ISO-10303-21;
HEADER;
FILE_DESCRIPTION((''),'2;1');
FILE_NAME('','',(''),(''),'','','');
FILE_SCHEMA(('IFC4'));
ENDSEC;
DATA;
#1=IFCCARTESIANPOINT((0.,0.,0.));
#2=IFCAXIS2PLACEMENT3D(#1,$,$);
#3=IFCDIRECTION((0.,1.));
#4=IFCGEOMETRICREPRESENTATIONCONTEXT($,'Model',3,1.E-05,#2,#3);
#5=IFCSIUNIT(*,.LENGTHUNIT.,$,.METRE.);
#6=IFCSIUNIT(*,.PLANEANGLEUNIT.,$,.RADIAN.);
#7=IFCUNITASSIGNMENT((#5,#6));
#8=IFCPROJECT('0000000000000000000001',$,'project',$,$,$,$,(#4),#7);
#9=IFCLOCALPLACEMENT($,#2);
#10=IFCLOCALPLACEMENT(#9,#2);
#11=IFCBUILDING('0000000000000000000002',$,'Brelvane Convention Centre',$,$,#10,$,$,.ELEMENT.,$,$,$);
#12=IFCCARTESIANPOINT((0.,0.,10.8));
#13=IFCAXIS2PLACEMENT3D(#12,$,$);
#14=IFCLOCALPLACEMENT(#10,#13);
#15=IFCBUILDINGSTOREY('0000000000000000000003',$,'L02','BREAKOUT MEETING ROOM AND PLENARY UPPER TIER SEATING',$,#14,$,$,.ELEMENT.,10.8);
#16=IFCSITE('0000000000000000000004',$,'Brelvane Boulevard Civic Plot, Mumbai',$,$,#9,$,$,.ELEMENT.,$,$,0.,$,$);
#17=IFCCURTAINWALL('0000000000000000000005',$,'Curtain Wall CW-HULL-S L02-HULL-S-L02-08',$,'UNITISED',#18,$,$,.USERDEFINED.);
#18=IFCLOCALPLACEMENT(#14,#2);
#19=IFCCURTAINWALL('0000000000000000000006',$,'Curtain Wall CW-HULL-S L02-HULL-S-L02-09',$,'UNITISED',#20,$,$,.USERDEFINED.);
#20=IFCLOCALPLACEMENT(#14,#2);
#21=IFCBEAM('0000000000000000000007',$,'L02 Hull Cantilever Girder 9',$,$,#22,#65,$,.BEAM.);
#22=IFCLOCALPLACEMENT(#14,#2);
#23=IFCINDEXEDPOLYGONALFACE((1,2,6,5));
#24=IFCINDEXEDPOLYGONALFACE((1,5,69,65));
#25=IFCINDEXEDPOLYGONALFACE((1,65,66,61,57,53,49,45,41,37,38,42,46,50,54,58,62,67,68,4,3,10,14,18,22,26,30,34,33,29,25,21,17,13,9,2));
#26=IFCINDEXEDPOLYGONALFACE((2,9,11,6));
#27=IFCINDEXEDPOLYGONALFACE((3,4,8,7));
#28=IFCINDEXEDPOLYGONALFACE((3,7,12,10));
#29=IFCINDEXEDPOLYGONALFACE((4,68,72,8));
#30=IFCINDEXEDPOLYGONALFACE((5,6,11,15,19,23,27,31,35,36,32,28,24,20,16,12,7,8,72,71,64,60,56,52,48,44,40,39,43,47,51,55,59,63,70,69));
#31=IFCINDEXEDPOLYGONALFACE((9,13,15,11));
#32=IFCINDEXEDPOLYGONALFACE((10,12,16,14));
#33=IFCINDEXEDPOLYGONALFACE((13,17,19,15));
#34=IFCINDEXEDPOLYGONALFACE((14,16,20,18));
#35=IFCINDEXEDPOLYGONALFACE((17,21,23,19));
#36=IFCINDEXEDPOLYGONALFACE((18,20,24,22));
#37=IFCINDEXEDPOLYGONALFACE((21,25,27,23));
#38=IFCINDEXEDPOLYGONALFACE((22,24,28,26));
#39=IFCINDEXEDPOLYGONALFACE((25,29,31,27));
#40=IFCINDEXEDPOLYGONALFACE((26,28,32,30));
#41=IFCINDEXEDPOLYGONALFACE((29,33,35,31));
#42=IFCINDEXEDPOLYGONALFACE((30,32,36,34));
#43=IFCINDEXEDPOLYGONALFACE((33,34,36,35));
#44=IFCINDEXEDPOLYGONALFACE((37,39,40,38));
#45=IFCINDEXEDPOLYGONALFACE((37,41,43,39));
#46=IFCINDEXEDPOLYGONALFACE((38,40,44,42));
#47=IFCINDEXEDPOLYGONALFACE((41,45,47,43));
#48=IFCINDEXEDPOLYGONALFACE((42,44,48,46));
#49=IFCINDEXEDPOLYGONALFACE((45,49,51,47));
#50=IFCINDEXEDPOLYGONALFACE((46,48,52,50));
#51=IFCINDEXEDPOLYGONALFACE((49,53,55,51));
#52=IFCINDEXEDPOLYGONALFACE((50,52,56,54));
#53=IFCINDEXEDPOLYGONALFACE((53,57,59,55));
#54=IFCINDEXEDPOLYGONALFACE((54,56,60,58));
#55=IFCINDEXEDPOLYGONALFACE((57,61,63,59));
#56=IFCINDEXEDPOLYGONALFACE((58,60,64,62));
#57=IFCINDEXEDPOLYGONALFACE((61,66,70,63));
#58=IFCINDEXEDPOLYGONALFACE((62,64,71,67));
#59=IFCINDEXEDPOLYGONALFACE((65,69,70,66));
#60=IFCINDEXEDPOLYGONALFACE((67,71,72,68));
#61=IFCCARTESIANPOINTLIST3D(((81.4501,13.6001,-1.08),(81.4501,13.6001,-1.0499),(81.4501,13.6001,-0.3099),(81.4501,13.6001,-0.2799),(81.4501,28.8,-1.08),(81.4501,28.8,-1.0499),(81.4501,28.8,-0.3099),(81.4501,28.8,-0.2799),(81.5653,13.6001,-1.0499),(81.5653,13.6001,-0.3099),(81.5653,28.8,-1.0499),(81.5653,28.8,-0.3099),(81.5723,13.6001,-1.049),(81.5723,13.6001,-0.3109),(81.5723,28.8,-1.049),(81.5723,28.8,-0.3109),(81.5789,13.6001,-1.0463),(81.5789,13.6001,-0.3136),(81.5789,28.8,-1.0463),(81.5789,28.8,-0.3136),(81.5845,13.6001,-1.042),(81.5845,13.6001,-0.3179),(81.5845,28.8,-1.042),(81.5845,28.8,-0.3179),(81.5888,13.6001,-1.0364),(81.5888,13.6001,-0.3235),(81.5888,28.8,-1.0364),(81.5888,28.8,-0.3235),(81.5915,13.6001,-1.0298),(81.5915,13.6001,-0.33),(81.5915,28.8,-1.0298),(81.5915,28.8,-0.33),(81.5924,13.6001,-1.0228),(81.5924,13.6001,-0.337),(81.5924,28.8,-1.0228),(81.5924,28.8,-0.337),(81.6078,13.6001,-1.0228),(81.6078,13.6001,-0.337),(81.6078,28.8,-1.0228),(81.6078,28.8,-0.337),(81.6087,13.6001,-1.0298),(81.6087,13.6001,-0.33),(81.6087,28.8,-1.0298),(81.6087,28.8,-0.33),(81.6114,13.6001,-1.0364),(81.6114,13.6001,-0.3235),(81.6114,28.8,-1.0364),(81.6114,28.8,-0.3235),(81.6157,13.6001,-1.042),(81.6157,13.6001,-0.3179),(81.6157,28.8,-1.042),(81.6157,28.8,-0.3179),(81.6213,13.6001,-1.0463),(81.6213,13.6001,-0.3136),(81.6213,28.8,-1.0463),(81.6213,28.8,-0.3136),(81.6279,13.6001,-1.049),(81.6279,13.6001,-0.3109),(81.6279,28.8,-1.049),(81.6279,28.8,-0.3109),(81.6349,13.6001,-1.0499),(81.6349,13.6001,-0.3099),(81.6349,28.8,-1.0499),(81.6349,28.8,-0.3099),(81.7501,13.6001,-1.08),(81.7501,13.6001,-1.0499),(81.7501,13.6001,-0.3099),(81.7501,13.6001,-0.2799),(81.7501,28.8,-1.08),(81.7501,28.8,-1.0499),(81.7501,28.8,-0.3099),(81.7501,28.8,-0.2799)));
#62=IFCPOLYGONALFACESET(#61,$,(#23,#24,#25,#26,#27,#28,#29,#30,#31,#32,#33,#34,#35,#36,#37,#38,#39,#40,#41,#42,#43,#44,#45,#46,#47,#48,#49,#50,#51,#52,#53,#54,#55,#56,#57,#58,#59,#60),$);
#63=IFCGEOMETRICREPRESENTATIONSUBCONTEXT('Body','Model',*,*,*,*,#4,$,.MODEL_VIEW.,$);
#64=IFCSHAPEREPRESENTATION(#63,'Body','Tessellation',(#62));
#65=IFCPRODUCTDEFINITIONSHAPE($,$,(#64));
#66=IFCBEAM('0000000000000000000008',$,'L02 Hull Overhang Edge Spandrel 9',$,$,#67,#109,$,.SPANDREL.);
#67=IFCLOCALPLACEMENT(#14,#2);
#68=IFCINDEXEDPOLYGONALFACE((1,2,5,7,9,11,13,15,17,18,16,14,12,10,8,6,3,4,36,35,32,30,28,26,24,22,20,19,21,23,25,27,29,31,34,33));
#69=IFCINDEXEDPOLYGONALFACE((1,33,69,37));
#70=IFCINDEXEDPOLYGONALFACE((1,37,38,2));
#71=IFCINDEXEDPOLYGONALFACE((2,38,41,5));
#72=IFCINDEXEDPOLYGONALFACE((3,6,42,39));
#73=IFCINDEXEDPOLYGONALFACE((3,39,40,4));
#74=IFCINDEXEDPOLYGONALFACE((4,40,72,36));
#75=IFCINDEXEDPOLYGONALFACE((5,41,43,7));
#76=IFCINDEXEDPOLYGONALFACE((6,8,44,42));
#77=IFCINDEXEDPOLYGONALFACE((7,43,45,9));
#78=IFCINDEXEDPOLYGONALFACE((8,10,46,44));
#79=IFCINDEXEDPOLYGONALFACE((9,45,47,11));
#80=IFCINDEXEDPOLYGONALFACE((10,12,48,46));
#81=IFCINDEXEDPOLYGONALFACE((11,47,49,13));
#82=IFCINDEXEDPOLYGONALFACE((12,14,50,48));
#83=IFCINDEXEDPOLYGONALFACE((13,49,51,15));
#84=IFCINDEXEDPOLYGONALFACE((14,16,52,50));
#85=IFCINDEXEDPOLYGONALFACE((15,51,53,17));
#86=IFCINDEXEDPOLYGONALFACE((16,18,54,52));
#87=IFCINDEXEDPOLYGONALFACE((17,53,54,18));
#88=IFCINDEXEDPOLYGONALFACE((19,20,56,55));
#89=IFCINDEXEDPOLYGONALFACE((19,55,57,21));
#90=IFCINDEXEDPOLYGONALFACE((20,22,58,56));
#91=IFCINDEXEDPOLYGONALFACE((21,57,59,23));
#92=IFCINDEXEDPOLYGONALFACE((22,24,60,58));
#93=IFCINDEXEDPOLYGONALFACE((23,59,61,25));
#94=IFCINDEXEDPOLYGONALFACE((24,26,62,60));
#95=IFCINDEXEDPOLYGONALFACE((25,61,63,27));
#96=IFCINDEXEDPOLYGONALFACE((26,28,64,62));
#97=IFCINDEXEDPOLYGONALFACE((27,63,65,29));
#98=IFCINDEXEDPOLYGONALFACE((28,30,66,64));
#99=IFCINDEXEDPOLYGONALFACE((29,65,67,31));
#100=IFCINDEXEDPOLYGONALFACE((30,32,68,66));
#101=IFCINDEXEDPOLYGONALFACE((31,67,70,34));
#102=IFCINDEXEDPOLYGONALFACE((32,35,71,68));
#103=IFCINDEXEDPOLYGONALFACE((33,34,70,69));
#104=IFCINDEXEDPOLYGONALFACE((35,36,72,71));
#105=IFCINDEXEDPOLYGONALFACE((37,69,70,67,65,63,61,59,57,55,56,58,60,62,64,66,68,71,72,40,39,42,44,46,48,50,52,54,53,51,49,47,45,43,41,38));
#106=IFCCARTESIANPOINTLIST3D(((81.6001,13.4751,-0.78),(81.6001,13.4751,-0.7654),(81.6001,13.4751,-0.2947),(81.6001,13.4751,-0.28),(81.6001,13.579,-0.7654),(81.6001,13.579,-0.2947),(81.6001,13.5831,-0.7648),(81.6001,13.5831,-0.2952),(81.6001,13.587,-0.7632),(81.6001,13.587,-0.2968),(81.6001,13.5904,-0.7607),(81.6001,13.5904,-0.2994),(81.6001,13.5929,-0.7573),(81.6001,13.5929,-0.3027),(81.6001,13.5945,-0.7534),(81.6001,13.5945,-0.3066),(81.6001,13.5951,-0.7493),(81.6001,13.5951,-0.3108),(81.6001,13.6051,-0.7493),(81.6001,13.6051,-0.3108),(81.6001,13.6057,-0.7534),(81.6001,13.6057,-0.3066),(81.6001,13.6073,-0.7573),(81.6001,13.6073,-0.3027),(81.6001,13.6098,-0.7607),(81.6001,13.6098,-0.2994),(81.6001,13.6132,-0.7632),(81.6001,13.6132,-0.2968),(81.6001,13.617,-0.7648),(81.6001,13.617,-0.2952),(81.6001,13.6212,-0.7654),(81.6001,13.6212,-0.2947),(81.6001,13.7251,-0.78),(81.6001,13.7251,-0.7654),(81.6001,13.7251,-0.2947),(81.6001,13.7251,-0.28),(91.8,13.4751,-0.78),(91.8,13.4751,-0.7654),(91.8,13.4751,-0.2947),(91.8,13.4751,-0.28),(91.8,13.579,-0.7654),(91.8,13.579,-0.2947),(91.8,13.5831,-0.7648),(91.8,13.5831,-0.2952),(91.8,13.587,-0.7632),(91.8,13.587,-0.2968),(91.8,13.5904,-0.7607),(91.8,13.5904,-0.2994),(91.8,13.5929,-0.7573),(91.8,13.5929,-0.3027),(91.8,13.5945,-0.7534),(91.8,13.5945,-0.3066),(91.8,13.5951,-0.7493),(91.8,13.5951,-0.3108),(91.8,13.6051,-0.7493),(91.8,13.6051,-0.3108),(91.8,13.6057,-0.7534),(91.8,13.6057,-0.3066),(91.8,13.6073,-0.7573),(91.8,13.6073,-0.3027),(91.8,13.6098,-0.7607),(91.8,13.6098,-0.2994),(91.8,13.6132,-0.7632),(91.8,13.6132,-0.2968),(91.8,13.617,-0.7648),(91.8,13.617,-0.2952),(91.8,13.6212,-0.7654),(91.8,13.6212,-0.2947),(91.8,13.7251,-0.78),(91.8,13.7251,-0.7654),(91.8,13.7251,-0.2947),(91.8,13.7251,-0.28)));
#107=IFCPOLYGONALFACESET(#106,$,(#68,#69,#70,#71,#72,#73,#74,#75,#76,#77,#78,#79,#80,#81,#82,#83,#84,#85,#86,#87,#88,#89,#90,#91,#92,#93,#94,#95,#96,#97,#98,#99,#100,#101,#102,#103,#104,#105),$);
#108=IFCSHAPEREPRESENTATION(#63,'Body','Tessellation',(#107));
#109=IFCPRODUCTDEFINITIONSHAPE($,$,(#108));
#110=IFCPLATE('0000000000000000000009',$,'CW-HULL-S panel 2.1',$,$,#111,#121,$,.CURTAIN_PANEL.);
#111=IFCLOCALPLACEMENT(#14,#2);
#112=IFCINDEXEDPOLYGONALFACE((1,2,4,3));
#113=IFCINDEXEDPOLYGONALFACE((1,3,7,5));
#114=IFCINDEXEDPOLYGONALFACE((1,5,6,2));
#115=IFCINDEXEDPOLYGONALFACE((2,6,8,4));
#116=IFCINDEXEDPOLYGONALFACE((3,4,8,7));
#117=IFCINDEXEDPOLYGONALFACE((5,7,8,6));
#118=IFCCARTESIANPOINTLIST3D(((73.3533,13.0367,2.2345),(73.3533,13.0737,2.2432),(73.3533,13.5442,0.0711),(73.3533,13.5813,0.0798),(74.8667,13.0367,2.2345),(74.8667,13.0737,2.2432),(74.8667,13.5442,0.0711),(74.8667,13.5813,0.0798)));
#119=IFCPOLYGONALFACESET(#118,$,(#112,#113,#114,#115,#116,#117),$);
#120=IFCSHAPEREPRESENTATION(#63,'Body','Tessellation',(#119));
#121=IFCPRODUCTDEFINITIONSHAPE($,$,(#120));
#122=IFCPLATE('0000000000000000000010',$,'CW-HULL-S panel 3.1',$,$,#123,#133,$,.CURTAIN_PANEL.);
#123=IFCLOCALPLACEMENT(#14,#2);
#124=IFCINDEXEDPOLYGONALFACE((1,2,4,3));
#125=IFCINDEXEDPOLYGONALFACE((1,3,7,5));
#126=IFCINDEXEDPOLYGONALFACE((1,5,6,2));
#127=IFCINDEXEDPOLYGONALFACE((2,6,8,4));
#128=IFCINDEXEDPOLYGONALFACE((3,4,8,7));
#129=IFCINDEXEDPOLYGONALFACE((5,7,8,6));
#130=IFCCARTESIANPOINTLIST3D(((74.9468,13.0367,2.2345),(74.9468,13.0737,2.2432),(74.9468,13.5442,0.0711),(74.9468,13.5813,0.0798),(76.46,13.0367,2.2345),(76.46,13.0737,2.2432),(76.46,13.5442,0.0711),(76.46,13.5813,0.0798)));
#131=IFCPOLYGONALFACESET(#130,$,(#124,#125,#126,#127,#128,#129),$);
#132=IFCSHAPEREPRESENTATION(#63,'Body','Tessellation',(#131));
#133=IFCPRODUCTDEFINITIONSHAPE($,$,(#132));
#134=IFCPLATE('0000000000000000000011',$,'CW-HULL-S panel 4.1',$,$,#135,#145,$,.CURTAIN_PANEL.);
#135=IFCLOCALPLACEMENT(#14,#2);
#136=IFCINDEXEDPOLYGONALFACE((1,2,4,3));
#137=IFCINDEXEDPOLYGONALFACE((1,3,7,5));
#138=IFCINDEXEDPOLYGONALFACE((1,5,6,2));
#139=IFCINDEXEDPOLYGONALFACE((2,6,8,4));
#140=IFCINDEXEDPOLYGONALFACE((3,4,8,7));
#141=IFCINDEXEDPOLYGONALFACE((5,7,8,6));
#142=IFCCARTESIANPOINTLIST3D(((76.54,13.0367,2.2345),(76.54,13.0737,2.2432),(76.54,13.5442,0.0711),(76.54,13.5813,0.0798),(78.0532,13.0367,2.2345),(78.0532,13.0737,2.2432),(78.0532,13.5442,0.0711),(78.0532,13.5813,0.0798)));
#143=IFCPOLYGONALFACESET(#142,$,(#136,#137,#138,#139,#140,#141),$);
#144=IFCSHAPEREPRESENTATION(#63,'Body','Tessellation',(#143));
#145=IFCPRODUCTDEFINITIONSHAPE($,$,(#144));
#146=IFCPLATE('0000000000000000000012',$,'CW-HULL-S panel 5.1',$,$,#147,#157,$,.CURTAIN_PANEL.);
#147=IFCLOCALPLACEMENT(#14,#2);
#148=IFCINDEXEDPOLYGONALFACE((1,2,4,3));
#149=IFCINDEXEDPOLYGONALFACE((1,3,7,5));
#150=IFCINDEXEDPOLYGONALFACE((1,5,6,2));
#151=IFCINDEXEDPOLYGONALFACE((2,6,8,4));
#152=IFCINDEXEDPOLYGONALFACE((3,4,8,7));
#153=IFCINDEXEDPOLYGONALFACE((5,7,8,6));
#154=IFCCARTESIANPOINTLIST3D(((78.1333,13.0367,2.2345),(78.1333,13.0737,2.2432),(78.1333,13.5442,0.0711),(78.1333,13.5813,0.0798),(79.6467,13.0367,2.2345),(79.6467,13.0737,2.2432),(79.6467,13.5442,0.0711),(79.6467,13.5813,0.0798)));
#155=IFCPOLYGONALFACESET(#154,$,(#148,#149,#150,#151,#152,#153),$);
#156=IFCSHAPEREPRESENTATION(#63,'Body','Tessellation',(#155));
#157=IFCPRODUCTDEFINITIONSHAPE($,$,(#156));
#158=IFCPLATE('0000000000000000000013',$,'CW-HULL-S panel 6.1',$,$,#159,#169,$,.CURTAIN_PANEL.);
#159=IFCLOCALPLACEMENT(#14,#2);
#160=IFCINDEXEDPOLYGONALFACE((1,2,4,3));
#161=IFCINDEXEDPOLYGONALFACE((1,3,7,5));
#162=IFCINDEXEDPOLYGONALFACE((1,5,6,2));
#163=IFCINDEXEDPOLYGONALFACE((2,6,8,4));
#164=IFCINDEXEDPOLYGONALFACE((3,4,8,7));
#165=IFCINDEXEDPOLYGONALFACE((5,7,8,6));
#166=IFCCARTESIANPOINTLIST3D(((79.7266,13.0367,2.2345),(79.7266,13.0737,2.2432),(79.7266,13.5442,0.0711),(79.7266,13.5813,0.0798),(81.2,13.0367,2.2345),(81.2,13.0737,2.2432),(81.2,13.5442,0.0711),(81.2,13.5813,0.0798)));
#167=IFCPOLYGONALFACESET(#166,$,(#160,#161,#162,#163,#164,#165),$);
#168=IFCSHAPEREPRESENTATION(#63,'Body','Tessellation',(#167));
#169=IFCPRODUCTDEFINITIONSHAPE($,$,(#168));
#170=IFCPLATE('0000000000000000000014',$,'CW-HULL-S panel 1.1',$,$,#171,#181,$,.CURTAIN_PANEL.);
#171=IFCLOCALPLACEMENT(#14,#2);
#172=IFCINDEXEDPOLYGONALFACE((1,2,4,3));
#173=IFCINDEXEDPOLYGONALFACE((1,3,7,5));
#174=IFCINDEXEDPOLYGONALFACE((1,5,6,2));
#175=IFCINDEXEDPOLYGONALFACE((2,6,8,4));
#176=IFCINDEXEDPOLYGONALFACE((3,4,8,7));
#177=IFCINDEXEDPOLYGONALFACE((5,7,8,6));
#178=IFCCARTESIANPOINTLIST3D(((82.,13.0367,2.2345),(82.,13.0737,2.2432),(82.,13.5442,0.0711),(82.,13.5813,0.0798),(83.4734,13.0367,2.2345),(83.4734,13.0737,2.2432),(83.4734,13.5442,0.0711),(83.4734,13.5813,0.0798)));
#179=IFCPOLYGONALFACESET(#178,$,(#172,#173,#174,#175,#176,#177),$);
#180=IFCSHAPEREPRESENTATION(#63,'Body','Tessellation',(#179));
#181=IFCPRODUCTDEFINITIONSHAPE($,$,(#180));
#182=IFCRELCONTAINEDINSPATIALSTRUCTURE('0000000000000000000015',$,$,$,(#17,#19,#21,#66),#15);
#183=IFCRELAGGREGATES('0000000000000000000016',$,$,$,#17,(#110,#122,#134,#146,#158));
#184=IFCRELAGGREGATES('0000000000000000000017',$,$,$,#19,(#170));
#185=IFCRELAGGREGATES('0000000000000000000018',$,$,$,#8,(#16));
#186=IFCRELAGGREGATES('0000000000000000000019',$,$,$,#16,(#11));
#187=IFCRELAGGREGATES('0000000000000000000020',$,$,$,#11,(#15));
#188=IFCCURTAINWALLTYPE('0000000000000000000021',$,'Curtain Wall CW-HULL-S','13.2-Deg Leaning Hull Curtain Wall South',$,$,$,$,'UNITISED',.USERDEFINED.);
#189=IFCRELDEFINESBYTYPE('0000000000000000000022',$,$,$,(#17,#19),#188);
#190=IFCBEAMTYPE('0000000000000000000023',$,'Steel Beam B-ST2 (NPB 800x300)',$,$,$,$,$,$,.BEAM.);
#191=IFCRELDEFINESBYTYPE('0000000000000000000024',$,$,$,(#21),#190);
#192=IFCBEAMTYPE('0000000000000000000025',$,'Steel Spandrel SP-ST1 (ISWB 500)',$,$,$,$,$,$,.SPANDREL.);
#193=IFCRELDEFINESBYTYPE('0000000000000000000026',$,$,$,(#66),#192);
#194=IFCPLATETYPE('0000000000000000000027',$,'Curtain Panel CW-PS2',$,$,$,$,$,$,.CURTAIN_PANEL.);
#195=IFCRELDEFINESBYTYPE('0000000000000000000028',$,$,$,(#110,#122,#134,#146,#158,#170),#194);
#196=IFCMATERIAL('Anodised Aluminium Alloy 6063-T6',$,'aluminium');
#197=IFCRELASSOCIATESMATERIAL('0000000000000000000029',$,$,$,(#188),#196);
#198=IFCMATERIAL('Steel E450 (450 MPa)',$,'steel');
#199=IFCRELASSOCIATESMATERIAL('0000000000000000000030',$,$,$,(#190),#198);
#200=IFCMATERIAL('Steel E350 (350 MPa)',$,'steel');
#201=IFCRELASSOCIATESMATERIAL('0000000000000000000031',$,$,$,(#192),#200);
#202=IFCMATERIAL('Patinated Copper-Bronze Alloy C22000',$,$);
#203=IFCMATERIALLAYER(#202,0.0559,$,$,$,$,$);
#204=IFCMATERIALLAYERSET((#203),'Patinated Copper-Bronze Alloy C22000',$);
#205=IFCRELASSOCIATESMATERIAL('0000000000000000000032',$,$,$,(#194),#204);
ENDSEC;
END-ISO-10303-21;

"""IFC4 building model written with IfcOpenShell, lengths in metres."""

from ifc_helpers import new_model, si_unit, direction, frame, origin, origin_2d, place, context, subcontext, project, spatial, polyline, i_section, outline, extrude, material, layer, layer_set, material_profile, profile_set, type_object, element, aggregate, save


model = new_model("IFC4")

# Units and contexts
model_context = context("Model", 3, precision=1e-05, world=origin(), true_north=direction((0.0, 1.0)))
body_context = subcontext(model_context, "Body", "Model", "MODEL_VIEW")
ifc_project = project(units=[si_unit("LENGTHUNIT", "METRE"), si_unit("PLANEANGLEUNIT", "RADIAN")], contexts=[model_context])

# Site, building, storey
site_placement = place(None, origin())
site = spatial("IfcSite", under=ifc_project, at=site_placement, Name="Brelvane Boulevard Civic Plot, Mumbai", CompositionType="ELEMENT", RefElevation=0.0)
building_placement = place(site_placement, origin())
building = spatial("IfcBuilding", under=site, at=building_placement, Name="Brelvane Convention Centre", CompositionType="ELEMENT")
storey_placement = place(building_placement, frame((0.0, 0.0, 10.8)))
storey = spatial("IfcBuildingStorey", under=building, at=storey_placement, Name="L02", Description="BREAKOUT MEETING ROOM AND PLENARY UPPER TIER SEATING", CompositionType="ELEMENT", Elevation=10.8)

# Curtain wall
ifc_material_1 = material(Name="Anodised Aluminium Alloy 6063-T6", Category="aluminium")
curtain_wall_type = type_object("IfcCurtainWallType", Name="Curtain Wall CW-HULL-S", Description="13.2-Deg Leaning Hull Curtain Wall South", ElementType="UNITISED", PredefinedType="USERDEFINED", material=ifc_material_1)
curtain_wall_1_placement = place(storey_placement, origin())
curtain_wall_1 = element("IfcCurtainWall", 1, at=curtain_wall_1_placement, inside=storey, type_object=curtain_wall_type, Name="Curtain Wall CW-HULL-S L02-HULL-S-L02-08", ObjectType="UNITISED", PredefinedType="USERDEFINED")

# Curtain wall
curtain_wall_2_placement = place(storey_placement, origin())
curtain_wall_2 = element("IfcCurtainWall", 2, at=curtain_wall_2_placement, inside=storey, type_object=curtain_wall_type, Name="Curtain Wall CW-HULL-S L02-HULL-S-L02-09", ObjectType="UNITISED", PredefinedType="USERDEFINED")

# Beams
ifc_material_2 = material(Name="Steel E450 (450 MPa)", Category="steel")
ifc_material_profile_1 = material_profile(ifc_material_2, i_section(OverallWidth=0.3, OverallDepth=0.8, WebThickness=0.0154, FlangeThickness=0.03, FilletRadius=0.0271, at=origin_2d()), Name="NPB 800x300")
ifc_profile_set_1 = profile_set([ifc_material_profile_1], Name="Steel E450 (450 MPa)")
beam_type_1 = type_object("IfcBeamType", Name="Steel Beam B-ST2 (NPB 800x300)", PredefinedType="BEAM", material=ifc_profile_set_1)
beam_1_placement = place(storey_placement, frame((81.6001, 13.6001, -0.6799), z_axis=(0.0, 1.0, 0.0), x_axis=(-1.0, 0.0, 0.0)))
element("IfcBeam", 3, at=beam_1_placement, inside=storey, type_object=beam_type_1, Name="L02 Hull Cantilever Girder 9", PredefinedType="BEAM", context=body_context, shape_type="SweptSolid", body=[
    extrude(i_section(OverallWidth=0.3, OverallDepth=0.8, WebThickness=0.0154, FlangeThickness=0.03, FilletRadius=0.0271, at=origin_2d()), origin(), (0.0, 0.0, 1.0), 15.2),
])
ifc_material_3 = material(Name="Steel E350 (350 MPa)", Category="steel")
ifc_material_profile_2 = material_profile(ifc_material_3, i_section(OverallWidth=0.25, OverallDepth=0.5, WebThickness=0.01, FlangeThickness=0.0146, FilletRadius=0.0161, at=origin_2d()), Name="ISWB 500")
ifc_profile_set_2 = profile_set([ifc_material_profile_2], Name="Steel E350 (350 MPa)")
beam_type_2 = type_object("IfcBeamType", Name="Steel Spandrel SP-ST1 (ISWB 500)", PredefinedType="SPANDREL", material=ifc_profile_set_2)
beam_2_placement = place(storey_placement, frame((81.6001, 13.6001, -0.53), z_axis=(1.0, 0.0, 0.0), x_axis=(0.0, 1.0, 0.0)))
element("IfcBeam", 4, at=beam_2_placement, inside=storey, type_object=beam_type_2, Name="L02 Hull Overhang Edge Spandrel 9", PredefinedType="SPANDREL", context=body_context, shape_type="SweptSolid", body=[
    extrude(i_section(OverallWidth=0.25, OverallDepth=0.5, WebThickness=0.01, FlangeThickness=0.0146, FilletRadius=0.0161, at=origin_2d()), origin(), (0.0, 0.0, 1.0), 10.2),
])

# Plates
ifc_material_4 = material(Name="Patinated Copper-Bronze Alloy C22000")
ifc_layer_1 = layer(ifc_material_4, 0.0559)
ifc_layer_set_1 = layer_set([ifc_layer_1], Name="Patinated Copper-Bronze Alloy C22000")
plate_type = type_object("IfcPlateType", Name="Curtain Panel CW-PS2", PredefinedType="CURTAIN_PANEL", material=ifc_layer_set_1)
plate_1_placement = place(storey_placement, frame((73.3533, 13.5813, 0.0798), z_axis=(0.0, 0.973563, 0.228421), x_axis=(1.0, 0.0, 0.0)))
plate_1 = element("IfcPlate", 5, at=plate_1_placement, type_object=plate_type, Name="CW-HULL-S panel 2.1", PredefinedType="CURTAIN_PANEL", context=body_context, shape_type="SweptSolid", body=[
    extrude(outline(polyline([(0.0, 0.0), (1.5134, 0.0), (1.5134, -2.2221), (0.0, -2.2221), (0.0, 0.0)])), origin(), (0.0, 0.0, -1.0), 0.0381),
])
plate_2_placement = place(storey_placement, frame((74.9468, 13.5813, 0.0798), z_axis=(0.0, 0.973563, 0.228421), x_axis=(1.0, 0.0, 0.0)))
plate_2 = element("IfcPlate", 6, at=plate_2_placement, type_object=plate_type, Name="CW-HULL-S panel 3.1", PredefinedType="CURTAIN_PANEL", context=body_context, shape_type="SweptSolid", body=[
    extrude(outline(polyline([(0.0, 0.0), (1.5132, 0.0), (1.5132, -2.2221), (0.0, -2.2221), (0.0, 0.0)])), origin(), (0.0, 0.0, -1.0), 0.0381),
])
plate_3_placement = place(storey_placement, frame((76.54, 13.5813, 0.0798), z_axis=(0.0, 0.973563, 0.228421), x_axis=(1.0, 0.0, 0.0)))
plate_3 = element("IfcPlate", 7, at=plate_3_placement, type_object=plate_type, Name="CW-HULL-S panel 4.1", PredefinedType="CURTAIN_PANEL", context=body_context, shape_type="SweptSolid", body=[
    extrude(outline(polyline([(0.0, 0.0), (1.5132, 0.0), (1.5132, -2.2221), (0.0, -2.2221), (0.0, 0.0)])), origin(), (0.0, 0.0, -1.0), 0.0381),
])
plate_4_placement = place(storey_placement, frame((78.1333, 13.5813, 0.0798), z_axis=(0.0, 0.973563, 0.228421), x_axis=(1.0, 0.0, 0.0)))
plate_4 = element("IfcPlate", 8, at=plate_4_placement, type_object=plate_type, Name="CW-HULL-S panel 5.1", PredefinedType="CURTAIN_PANEL", context=body_context, shape_type="SweptSolid", body=[
    extrude(outline(polyline([(0.0, 0.0), (1.5134, 0.0), (1.5134, -2.2221), (0.0, -2.2221), (0.0, 0.0)])), origin(), (0.0, 0.0, -1.0), 0.0381),
])
plate_5_placement = place(storey_placement, frame((79.7266, 13.5813, 0.0798), z_axis=(0.0, 0.973563, 0.228421), x_axis=(1.0, 0.0, 0.0)))
plate_5 = element("IfcPlate", 9, at=plate_5_placement, type_object=plate_type, Name="CW-HULL-S panel 6.1", PredefinedType="CURTAIN_PANEL", context=body_context, shape_type="SweptSolid", body=[
    extrude(outline(polyline([(0.0, 0.0), (1.4734, 0.0), (1.4734, -2.2221), (0.0, -2.2221), (0.0, 0.0)])), origin(), (0.0, 0.0, -1.0), 0.0381),
])
aggregate(curtain_wall_1, [plate_1, plate_2, plate_3, plate_4, plate_5])
plate_6_placement = place(storey_placement, frame((82.0, 13.5813, 0.0798), z_axis=(0.0, 0.973563, 0.228421), x_axis=(1.0, 0.0, 0.0)))
plate_6 = element("IfcPlate", 10, at=plate_6_placement, type_object=plate_type, Name="CW-HULL-S panel 1.1", PredefinedType="CURTAIN_PANEL", context=body_context, shape_type="SweptSolid", body=[
    extrude(outline(polyline([(0.0, 0.0), (1.4734, 0.0), (1.4734, -2.2221), (0.0, -2.2221), (0.0, 0.0)])), origin(), (0.0, 0.0, -1.0), 0.0381),
])
aggregate(curtain_wall_2, [plate_6])

save(model, "model.ifc")
